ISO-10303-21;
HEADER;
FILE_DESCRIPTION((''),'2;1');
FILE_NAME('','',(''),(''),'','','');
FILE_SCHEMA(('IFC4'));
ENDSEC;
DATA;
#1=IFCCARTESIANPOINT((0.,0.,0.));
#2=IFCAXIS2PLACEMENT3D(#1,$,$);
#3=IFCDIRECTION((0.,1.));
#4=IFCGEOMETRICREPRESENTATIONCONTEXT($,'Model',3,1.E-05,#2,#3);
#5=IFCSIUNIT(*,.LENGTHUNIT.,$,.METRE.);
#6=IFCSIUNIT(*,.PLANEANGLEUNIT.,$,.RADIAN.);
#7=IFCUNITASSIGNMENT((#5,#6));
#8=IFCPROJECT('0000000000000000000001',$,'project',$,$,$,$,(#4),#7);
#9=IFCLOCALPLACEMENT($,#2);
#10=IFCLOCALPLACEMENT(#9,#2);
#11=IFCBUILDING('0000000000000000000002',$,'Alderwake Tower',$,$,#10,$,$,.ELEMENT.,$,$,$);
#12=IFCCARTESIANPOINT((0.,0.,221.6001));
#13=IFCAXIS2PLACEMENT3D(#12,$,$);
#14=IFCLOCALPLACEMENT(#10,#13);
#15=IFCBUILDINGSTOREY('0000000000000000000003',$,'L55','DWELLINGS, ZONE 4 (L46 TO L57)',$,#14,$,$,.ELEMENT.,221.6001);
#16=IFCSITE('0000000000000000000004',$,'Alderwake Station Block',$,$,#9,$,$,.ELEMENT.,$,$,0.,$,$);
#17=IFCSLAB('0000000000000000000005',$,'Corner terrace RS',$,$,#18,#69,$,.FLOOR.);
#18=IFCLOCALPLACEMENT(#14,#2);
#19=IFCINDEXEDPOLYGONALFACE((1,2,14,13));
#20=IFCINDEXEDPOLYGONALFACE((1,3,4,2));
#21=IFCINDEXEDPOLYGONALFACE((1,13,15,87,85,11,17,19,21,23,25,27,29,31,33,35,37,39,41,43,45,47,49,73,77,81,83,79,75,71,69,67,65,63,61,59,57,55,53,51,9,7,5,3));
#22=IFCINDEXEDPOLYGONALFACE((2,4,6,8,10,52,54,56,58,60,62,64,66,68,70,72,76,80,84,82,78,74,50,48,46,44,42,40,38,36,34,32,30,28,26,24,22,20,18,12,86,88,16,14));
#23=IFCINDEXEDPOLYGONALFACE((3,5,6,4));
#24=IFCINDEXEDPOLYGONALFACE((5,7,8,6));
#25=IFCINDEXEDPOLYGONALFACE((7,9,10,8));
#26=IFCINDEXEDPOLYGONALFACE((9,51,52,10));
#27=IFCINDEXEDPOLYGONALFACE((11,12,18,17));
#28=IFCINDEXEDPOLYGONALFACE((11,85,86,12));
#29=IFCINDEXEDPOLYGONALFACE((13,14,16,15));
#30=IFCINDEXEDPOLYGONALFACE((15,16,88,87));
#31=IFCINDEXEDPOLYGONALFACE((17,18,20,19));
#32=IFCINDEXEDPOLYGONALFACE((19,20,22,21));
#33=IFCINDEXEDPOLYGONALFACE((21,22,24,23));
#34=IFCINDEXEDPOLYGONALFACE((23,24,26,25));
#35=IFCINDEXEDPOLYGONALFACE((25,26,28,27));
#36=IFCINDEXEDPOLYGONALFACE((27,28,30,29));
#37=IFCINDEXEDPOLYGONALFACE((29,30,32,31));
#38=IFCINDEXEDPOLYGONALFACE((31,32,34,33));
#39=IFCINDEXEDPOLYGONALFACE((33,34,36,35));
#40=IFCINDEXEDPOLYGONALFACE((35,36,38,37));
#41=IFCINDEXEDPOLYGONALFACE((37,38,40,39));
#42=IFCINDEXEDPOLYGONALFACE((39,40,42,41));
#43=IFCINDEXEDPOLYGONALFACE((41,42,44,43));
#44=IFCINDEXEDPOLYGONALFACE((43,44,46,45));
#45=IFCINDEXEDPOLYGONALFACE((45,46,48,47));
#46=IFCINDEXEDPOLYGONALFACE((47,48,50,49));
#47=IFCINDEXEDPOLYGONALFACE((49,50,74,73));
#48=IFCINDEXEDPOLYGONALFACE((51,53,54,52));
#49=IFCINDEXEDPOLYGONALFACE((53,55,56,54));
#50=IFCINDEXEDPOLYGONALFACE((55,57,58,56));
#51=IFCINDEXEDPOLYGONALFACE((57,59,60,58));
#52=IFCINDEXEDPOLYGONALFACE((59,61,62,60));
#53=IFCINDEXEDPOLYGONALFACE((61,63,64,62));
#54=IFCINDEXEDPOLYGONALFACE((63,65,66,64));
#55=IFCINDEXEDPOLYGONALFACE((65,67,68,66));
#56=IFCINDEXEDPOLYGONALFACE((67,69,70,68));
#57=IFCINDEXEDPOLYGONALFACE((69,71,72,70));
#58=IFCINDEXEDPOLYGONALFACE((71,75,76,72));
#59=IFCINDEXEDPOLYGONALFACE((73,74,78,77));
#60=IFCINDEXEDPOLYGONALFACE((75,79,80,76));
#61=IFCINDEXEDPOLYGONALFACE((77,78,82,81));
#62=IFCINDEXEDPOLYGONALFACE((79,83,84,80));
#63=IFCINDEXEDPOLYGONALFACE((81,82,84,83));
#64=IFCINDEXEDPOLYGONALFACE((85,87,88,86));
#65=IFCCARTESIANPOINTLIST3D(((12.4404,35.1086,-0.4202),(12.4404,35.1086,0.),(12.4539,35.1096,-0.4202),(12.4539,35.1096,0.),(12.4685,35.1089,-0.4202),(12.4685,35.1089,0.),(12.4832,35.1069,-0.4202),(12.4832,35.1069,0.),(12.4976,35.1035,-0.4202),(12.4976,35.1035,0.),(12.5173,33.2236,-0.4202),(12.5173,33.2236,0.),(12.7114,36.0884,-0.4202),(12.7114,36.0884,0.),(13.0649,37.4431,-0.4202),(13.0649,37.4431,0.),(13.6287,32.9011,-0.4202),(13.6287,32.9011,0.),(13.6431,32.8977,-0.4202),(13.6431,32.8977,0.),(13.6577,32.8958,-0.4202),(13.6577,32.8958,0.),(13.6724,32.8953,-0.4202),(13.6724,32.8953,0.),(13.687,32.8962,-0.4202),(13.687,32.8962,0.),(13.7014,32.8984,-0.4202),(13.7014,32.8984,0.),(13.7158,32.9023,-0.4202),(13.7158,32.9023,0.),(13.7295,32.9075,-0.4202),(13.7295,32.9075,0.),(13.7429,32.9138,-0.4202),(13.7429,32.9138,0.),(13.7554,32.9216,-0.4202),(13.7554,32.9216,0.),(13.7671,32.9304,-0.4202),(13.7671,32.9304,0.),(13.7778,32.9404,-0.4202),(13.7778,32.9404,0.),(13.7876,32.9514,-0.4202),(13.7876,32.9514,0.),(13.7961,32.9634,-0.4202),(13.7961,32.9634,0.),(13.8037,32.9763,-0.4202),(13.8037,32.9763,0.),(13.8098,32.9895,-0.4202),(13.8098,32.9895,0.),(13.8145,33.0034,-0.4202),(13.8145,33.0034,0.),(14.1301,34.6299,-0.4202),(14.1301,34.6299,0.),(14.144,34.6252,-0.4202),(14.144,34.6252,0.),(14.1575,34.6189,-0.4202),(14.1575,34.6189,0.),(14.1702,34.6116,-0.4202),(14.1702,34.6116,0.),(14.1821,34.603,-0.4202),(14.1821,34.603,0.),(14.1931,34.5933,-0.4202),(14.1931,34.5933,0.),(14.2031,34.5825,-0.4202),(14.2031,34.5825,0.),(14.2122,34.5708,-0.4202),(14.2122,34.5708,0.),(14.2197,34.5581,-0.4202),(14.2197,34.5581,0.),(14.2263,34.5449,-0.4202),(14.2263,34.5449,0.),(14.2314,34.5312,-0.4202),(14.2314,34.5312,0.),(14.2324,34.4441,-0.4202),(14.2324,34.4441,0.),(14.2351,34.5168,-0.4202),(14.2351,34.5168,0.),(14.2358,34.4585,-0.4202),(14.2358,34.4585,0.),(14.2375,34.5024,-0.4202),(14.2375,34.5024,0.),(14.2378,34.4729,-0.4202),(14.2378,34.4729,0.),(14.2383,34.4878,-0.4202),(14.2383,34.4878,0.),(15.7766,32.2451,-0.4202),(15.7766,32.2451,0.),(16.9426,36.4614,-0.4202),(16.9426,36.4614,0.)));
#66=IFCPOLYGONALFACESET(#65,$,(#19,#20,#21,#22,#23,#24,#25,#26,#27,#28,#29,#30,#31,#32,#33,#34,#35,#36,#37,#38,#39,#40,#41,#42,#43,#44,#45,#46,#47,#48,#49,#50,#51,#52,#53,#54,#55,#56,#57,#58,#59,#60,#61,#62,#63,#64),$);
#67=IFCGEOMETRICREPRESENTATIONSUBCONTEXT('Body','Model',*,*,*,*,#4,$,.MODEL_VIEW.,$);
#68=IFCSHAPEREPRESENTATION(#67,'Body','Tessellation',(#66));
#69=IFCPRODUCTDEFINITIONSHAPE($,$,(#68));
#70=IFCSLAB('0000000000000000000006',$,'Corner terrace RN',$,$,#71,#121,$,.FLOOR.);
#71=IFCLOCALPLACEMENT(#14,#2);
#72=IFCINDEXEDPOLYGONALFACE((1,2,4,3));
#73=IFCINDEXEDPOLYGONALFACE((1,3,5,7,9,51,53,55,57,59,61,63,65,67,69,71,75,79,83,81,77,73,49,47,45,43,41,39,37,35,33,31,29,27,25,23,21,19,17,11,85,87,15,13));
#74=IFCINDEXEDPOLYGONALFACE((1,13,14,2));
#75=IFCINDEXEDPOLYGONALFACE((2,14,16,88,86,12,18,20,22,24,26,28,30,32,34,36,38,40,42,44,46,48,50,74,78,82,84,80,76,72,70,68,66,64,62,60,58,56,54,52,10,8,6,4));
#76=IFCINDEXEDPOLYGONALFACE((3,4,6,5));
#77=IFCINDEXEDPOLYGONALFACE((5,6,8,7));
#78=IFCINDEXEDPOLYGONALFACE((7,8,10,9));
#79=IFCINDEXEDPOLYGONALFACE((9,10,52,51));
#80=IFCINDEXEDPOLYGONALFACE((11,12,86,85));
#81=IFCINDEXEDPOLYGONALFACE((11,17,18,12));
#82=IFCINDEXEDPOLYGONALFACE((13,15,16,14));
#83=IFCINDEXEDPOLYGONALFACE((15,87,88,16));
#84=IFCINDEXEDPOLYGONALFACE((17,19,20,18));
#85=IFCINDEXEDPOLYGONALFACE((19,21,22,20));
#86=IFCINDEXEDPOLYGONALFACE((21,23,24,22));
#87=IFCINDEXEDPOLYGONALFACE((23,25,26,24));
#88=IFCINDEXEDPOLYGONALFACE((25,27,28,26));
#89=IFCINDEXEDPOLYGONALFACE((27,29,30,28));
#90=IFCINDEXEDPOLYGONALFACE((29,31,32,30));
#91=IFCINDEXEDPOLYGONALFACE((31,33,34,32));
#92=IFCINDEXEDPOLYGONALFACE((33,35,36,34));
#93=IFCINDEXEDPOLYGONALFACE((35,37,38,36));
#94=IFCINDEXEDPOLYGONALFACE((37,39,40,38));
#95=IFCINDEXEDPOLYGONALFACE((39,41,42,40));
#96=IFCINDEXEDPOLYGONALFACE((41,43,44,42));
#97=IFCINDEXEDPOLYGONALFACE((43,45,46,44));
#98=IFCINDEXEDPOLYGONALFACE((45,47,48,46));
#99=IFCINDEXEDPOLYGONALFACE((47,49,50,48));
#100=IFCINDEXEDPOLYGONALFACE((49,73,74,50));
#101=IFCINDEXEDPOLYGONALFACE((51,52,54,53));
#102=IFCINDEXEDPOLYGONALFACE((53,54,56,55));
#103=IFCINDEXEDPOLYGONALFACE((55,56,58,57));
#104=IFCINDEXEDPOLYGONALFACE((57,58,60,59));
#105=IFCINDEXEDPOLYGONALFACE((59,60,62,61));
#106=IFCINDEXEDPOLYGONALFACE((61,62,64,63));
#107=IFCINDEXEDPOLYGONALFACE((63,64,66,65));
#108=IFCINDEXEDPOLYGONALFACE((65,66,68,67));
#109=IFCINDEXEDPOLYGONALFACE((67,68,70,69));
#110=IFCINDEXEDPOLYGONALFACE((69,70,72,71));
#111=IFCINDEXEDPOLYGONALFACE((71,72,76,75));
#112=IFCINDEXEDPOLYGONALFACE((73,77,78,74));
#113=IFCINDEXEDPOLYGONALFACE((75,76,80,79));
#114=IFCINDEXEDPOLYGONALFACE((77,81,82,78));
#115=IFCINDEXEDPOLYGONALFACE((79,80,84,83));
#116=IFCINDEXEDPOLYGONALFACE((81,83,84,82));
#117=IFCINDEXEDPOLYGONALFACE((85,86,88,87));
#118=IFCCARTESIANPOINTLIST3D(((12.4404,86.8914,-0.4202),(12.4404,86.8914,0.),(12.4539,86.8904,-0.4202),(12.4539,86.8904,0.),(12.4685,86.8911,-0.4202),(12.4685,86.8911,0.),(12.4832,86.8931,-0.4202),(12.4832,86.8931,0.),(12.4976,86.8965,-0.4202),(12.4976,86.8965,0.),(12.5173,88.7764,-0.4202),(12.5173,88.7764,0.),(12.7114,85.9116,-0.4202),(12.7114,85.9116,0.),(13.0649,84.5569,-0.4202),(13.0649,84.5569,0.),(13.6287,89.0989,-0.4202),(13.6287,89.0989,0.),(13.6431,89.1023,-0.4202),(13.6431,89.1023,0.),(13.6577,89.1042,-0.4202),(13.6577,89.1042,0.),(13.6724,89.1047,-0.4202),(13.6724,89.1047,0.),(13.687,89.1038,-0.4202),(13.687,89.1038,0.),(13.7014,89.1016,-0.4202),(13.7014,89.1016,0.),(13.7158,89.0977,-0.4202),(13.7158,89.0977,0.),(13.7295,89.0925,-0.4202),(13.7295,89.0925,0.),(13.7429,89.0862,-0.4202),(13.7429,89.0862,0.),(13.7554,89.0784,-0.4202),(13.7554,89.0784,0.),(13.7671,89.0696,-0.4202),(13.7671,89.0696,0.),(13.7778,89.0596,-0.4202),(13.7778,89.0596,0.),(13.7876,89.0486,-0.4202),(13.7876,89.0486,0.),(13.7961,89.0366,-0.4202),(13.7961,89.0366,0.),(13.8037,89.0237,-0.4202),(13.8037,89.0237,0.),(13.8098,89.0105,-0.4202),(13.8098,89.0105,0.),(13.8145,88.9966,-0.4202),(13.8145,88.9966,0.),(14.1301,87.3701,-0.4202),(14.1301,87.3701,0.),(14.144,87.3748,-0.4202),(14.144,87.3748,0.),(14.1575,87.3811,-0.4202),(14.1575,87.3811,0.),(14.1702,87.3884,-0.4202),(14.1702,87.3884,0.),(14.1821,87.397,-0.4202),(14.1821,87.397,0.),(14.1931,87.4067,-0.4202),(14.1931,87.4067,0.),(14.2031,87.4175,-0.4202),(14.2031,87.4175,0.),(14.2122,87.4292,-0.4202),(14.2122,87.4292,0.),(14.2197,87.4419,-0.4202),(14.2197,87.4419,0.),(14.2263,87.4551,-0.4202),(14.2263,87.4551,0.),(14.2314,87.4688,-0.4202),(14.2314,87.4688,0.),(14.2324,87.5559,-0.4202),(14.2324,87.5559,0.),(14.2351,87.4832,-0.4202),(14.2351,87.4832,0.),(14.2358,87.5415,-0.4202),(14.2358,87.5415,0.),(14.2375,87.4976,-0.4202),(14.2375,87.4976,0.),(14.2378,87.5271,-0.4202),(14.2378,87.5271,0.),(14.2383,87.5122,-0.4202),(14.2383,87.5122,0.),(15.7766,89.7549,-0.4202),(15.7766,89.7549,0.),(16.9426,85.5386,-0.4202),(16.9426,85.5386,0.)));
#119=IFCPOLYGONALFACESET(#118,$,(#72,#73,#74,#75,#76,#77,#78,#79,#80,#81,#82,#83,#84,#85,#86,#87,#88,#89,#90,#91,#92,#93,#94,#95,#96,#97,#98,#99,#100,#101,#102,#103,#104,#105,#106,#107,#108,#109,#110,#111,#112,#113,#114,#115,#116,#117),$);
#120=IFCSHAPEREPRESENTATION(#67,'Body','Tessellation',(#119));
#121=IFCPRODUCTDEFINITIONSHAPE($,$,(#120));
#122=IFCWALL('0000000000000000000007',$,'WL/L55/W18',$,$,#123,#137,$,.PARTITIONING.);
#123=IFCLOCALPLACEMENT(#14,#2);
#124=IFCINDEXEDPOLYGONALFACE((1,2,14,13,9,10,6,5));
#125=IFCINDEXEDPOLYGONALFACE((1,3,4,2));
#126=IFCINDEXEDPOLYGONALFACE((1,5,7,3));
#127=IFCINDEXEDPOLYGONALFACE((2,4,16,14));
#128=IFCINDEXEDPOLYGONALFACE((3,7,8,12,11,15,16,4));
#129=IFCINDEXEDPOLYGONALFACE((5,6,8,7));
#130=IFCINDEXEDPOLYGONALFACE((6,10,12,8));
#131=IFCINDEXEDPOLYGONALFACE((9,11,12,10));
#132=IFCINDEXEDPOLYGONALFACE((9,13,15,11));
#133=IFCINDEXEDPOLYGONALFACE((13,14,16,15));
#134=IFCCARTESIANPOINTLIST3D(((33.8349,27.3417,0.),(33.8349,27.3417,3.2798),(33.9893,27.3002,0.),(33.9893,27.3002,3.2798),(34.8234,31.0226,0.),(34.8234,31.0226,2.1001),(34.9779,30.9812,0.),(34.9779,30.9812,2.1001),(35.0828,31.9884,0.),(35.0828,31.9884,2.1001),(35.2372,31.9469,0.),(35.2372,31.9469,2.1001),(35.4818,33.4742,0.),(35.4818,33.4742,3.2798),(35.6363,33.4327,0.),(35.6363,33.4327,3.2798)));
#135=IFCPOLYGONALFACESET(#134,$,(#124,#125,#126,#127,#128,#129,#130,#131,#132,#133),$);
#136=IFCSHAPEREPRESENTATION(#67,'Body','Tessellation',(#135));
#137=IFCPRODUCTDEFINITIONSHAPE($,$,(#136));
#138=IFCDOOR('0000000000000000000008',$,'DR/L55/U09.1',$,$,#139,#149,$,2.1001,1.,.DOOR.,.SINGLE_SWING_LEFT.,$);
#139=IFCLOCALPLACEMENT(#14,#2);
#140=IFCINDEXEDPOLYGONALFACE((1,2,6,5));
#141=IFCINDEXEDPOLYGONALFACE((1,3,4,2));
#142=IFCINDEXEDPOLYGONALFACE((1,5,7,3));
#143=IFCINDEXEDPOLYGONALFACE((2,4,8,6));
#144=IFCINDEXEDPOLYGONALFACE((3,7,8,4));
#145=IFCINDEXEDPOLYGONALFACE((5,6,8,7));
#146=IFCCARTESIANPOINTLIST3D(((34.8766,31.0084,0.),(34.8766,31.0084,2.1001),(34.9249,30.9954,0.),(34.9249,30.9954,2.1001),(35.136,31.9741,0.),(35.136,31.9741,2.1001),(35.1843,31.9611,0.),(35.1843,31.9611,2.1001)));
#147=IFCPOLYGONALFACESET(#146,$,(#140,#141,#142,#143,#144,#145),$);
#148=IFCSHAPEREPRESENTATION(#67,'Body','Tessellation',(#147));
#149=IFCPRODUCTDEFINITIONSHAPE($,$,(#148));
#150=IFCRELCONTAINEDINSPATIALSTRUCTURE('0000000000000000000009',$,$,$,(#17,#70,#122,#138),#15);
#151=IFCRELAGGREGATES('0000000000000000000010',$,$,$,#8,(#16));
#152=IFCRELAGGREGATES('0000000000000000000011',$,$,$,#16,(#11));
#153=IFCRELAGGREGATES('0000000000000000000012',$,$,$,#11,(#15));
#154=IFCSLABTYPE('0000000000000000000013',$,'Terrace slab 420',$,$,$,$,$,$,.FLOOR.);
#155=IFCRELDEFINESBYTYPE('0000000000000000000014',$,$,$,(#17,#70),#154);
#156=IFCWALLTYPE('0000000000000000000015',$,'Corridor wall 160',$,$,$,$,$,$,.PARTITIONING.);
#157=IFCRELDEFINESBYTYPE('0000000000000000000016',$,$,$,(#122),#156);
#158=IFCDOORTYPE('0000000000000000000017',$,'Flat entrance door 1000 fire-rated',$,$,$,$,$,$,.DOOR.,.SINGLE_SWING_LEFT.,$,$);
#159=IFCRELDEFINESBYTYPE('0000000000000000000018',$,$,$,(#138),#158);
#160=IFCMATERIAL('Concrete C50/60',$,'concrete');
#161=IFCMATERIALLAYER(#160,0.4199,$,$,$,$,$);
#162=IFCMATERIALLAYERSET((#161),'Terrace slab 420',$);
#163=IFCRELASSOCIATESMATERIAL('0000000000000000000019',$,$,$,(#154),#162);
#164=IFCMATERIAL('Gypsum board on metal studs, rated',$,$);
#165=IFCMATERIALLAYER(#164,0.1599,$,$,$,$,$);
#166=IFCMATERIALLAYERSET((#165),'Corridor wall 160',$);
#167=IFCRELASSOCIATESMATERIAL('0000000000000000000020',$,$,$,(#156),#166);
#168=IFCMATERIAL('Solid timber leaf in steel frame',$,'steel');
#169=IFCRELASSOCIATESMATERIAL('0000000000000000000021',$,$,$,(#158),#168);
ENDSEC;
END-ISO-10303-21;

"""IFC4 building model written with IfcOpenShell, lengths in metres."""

from ifc_helpers import new_model, si_unit, direction, frame, frame_2d, origin, place, context, subcontext, project, spatial, polyline, rectangle, outline, extrude, material, layer, layer_set, type_object, element, fill, save


model = new_model("IFC4")

# Units and contexts
model_context = context("Model", 3, precision=1e-05, world=origin(), true_north=direction((0.0, 1.0)))
body_context = subcontext(model_context, "Body", "Model", "MODEL_VIEW")
ifc_project = project(units=[si_unit("LENGTHUNIT", "METRE"), si_unit("PLANEANGLEUNIT", "RADIAN")], contexts=[model_context])

# Site, building, storey
site_placement = place(None, origin())
site = spatial("IfcSite", under=ifc_project, at=site_placement, Name="Alderwake Station Block", CompositionType="ELEMENT", RefElevation=0.0)
building_placement = place(site_placement, origin())
building = spatial("IfcBuilding", under=site, at=building_placement, Name="Alderwake Tower", CompositionType="ELEMENT")
storey_placement = place(building_placement, frame((0.0, 0.0, 221.6001)))
storey = spatial("IfcBuildingStorey", under=building, at=storey_placement, Name="L55", Description="DWELLINGS, ZONE 4 (L46 TO L57)", CompositionType="ELEMENT", Elevation=221.6001)

# Slabs
ifc_material_1 = material(Name="Concrete C50/60", Category="concrete")
ifc_layer_1 = layer(ifc_material_1, 0.4199)
ifc_layer_set_1 = layer_set([ifc_layer_1], Name="Terrace slab 420")
slab_type_1 = type_object("IfcSlabType", Name="Terrace slab 420", PredefinedType="FLOOR", material=ifc_layer_set_1)
slab_1_placement = place(storey_placement, frame((0.0, 0.0, -0.4202)))
element("IfcSlab", 1, at=slab_1_placement, inside=storey, type_object=slab_type_1, Name="Corner terrace RS", PredefinedType="FLOOR", context=body_context, shape_type="SweptSolid", body=[
    extrude(outline(polyline([(15.7766, 32.2451), (12.5173, 33.2236), (13.6287, 32.9011), (13.6431, 32.8977), (13.6577, 32.8958), (13.6724, 32.8953), (13.687, 32.8962), (13.7014, 32.8984), (13.7158, 32.9023), (13.7295, 32.9075), (13.7429, 32.9138), (13.7554, 32.9216), (13.7671, 32.9304), (13.7778, 32.9404), (13.7876, 32.9514), (13.7961, 32.9634), (13.8037, 32.9763), (13.8098, 32.9895), (13.8145, 33.0034), (14.2324, 34.4441), (14.2358, 34.4585), (14.2378, 34.4729), (14.2383, 34.4878), (14.2375, 34.5024), (14.2351, 34.5168), (14.2314, 34.5312), (14.2263, 34.5449), (14.2197, 34.5581), (14.2122, 34.5708), (14.2031, 34.5825), (14.1931, 34.5933), (14.1821, 34.603), (14.1702, 34.6116), (14.1575, 34.6189), (14.144, 34.6252), (14.1301, 34.6299), (12.4976, 35.1035), (12.4832, 35.1069), (12.4685, 35.1089), (12.4539, 35.1096), (12.4404, 35.1086), (12.7114, 36.0884), (13.0649, 37.4431), (16.9426, 36.4614), (15.7766, 32.2451)])), origin(), (0.0, 0.0, 1.0), 0.4202),
])
slab_2_placement = place(storey_placement, frame((0.0, 0.0, -0.4202)))
element("IfcSlab", 2, at=slab_2_placement, inside=storey, type_object=slab_type_1, Name="Corner terrace RN", PredefinedType="FLOOR", context=body_context, shape_type="SweptSolid", body=[
    extrude(outline(polyline([(12.4404, 86.8914), (12.4539, 86.8904), (12.4685, 86.8911), (12.4832, 86.8931), (12.4976, 86.8965), (14.1301, 87.3701), (14.144, 87.3748), (14.1575, 87.3811), (14.1702, 87.3884), (14.1821, 87.397), (14.1931, 87.4067), (14.2031, 87.4175), (14.2122, 87.4292), (14.2197, 87.4419), (14.2263, 87.4551), (14.2314, 87.4688), (14.2351, 87.4832), (14.2375, 87.4976), (14.2383, 87.5122), (14.2378, 87.5271), (14.2358, 87.5415), (14.2324, 87.5559), (13.8145, 88.9966), (13.8098, 89.0105), (13.8037, 89.0237), (13.7961, 89.0366), (13.7876, 89.0486), (13.7778, 89.0596), (13.7671, 89.0696), (13.7554, 89.0784), (13.7429, 89.0862), (13.7295, 89.0925), (13.7158, 89.0977), (13.7014, 89.1016), (13.687, 89.1038), (13.6724, 89.1047), (13.6577, 89.1042), (13.6431, 89.1023), (13.6287, 89.0989), (12.5173, 88.7764), (15.7766, 89.7549), (16.9426, 85.5386), (13.0649, 84.5569), (12.7114, 85.9116), (12.4404, 86.8914)])), origin(), (0.0, 0.0, 1.0), 0.4202),
])

# Wall, opening, door
ifc_material_2 = material(Name="Gypsum board on metal studs, rated")
ifc_layer_2 = layer(ifc_material_2, 0.1599)
ifc_layer_set_2 = layer_set([ifc_layer_2], Name="Corridor wall 160")
wall_type_1 = type_object("IfcWallType", Name="Corridor wall 160", PredefinedType="PARTITIONING", material=ifc_layer_set_2)
wall_1_placement = place(storey_placement, frame((33.9121, 27.321, 0.0), z_axis=(0.0, 0.0, 1.0), x_axis=(0.259371, 0.965778, 0.0)))
wall_1 = element("IfcWall", 3, at=wall_1_placement, inside=storey, type_object=wall_type_1, Name="WL/L55/W18", PredefinedType="PARTITIONING", context=body_context, shape_type="SweptSolid", body=[
    extrude(rectangle(XDim=6.3499, YDim=0.1599, at=frame_2d((3.1748, 0.0))), origin(), (0.0, 0.0, 1.0), 3.2798),
])
opening_1_placement = place(wall_1_placement, frame((3.8113, 0.0, 0.0)))
opening_1 = element("IfcOpeningElement", 4, at=opening_1_placement, cuts=wall_1, PredefinedType="OPENING", context=body_context, shape_type="SweptSolid", body=[
    extrude(rectangle(XDim=1.0, YDim=2.1001, at=frame_2d((0.5, 1.05))), frame((0.0, 0.0898, 0.0), z_axis=(0.0, -1.0, 0.0), x_axis=(1.0, 0.0, 0.0)), (0.0, 0.0, 1.0), 0.1799),
])
ifc_material_3 = material(Name="Solid timber leaf in steel frame", Category="steel")
door_type_1 = type_object("IfcDoorType", Name="Flat entrance door 1000 fire-rated", OperationType="SINGLE_SWING_LEFT", PredefinedType="DOOR", material=ifc_material_3)
door_1_placement = place(opening_1_placement, origin())
door_1 = element("IfcDoor", 5, at=door_1_placement, inside=storey, type_object=door_type_1, Name="DR/L55/U09.1", OperationType="SINGLE_SWING_LEFT", OverallHeight=2.1001, OverallWidth=1.0, PredefinedType="DOOR", context=body_context, shape_type="SweptSolid", body=[
    extrude(rectangle(XDim=1.0, YDim=2.1001, at=frame_2d((0.5, 1.05))), frame((0.0, 0.0249, 0.0), z_axis=(0.0, -1.0, 0.0), x_axis=(1.0, 0.0, 0.0)), (0.0, 0.0, 1.0), 0.05),
])
fill(opening_1, door_1)

save(model, "model.ifc")
